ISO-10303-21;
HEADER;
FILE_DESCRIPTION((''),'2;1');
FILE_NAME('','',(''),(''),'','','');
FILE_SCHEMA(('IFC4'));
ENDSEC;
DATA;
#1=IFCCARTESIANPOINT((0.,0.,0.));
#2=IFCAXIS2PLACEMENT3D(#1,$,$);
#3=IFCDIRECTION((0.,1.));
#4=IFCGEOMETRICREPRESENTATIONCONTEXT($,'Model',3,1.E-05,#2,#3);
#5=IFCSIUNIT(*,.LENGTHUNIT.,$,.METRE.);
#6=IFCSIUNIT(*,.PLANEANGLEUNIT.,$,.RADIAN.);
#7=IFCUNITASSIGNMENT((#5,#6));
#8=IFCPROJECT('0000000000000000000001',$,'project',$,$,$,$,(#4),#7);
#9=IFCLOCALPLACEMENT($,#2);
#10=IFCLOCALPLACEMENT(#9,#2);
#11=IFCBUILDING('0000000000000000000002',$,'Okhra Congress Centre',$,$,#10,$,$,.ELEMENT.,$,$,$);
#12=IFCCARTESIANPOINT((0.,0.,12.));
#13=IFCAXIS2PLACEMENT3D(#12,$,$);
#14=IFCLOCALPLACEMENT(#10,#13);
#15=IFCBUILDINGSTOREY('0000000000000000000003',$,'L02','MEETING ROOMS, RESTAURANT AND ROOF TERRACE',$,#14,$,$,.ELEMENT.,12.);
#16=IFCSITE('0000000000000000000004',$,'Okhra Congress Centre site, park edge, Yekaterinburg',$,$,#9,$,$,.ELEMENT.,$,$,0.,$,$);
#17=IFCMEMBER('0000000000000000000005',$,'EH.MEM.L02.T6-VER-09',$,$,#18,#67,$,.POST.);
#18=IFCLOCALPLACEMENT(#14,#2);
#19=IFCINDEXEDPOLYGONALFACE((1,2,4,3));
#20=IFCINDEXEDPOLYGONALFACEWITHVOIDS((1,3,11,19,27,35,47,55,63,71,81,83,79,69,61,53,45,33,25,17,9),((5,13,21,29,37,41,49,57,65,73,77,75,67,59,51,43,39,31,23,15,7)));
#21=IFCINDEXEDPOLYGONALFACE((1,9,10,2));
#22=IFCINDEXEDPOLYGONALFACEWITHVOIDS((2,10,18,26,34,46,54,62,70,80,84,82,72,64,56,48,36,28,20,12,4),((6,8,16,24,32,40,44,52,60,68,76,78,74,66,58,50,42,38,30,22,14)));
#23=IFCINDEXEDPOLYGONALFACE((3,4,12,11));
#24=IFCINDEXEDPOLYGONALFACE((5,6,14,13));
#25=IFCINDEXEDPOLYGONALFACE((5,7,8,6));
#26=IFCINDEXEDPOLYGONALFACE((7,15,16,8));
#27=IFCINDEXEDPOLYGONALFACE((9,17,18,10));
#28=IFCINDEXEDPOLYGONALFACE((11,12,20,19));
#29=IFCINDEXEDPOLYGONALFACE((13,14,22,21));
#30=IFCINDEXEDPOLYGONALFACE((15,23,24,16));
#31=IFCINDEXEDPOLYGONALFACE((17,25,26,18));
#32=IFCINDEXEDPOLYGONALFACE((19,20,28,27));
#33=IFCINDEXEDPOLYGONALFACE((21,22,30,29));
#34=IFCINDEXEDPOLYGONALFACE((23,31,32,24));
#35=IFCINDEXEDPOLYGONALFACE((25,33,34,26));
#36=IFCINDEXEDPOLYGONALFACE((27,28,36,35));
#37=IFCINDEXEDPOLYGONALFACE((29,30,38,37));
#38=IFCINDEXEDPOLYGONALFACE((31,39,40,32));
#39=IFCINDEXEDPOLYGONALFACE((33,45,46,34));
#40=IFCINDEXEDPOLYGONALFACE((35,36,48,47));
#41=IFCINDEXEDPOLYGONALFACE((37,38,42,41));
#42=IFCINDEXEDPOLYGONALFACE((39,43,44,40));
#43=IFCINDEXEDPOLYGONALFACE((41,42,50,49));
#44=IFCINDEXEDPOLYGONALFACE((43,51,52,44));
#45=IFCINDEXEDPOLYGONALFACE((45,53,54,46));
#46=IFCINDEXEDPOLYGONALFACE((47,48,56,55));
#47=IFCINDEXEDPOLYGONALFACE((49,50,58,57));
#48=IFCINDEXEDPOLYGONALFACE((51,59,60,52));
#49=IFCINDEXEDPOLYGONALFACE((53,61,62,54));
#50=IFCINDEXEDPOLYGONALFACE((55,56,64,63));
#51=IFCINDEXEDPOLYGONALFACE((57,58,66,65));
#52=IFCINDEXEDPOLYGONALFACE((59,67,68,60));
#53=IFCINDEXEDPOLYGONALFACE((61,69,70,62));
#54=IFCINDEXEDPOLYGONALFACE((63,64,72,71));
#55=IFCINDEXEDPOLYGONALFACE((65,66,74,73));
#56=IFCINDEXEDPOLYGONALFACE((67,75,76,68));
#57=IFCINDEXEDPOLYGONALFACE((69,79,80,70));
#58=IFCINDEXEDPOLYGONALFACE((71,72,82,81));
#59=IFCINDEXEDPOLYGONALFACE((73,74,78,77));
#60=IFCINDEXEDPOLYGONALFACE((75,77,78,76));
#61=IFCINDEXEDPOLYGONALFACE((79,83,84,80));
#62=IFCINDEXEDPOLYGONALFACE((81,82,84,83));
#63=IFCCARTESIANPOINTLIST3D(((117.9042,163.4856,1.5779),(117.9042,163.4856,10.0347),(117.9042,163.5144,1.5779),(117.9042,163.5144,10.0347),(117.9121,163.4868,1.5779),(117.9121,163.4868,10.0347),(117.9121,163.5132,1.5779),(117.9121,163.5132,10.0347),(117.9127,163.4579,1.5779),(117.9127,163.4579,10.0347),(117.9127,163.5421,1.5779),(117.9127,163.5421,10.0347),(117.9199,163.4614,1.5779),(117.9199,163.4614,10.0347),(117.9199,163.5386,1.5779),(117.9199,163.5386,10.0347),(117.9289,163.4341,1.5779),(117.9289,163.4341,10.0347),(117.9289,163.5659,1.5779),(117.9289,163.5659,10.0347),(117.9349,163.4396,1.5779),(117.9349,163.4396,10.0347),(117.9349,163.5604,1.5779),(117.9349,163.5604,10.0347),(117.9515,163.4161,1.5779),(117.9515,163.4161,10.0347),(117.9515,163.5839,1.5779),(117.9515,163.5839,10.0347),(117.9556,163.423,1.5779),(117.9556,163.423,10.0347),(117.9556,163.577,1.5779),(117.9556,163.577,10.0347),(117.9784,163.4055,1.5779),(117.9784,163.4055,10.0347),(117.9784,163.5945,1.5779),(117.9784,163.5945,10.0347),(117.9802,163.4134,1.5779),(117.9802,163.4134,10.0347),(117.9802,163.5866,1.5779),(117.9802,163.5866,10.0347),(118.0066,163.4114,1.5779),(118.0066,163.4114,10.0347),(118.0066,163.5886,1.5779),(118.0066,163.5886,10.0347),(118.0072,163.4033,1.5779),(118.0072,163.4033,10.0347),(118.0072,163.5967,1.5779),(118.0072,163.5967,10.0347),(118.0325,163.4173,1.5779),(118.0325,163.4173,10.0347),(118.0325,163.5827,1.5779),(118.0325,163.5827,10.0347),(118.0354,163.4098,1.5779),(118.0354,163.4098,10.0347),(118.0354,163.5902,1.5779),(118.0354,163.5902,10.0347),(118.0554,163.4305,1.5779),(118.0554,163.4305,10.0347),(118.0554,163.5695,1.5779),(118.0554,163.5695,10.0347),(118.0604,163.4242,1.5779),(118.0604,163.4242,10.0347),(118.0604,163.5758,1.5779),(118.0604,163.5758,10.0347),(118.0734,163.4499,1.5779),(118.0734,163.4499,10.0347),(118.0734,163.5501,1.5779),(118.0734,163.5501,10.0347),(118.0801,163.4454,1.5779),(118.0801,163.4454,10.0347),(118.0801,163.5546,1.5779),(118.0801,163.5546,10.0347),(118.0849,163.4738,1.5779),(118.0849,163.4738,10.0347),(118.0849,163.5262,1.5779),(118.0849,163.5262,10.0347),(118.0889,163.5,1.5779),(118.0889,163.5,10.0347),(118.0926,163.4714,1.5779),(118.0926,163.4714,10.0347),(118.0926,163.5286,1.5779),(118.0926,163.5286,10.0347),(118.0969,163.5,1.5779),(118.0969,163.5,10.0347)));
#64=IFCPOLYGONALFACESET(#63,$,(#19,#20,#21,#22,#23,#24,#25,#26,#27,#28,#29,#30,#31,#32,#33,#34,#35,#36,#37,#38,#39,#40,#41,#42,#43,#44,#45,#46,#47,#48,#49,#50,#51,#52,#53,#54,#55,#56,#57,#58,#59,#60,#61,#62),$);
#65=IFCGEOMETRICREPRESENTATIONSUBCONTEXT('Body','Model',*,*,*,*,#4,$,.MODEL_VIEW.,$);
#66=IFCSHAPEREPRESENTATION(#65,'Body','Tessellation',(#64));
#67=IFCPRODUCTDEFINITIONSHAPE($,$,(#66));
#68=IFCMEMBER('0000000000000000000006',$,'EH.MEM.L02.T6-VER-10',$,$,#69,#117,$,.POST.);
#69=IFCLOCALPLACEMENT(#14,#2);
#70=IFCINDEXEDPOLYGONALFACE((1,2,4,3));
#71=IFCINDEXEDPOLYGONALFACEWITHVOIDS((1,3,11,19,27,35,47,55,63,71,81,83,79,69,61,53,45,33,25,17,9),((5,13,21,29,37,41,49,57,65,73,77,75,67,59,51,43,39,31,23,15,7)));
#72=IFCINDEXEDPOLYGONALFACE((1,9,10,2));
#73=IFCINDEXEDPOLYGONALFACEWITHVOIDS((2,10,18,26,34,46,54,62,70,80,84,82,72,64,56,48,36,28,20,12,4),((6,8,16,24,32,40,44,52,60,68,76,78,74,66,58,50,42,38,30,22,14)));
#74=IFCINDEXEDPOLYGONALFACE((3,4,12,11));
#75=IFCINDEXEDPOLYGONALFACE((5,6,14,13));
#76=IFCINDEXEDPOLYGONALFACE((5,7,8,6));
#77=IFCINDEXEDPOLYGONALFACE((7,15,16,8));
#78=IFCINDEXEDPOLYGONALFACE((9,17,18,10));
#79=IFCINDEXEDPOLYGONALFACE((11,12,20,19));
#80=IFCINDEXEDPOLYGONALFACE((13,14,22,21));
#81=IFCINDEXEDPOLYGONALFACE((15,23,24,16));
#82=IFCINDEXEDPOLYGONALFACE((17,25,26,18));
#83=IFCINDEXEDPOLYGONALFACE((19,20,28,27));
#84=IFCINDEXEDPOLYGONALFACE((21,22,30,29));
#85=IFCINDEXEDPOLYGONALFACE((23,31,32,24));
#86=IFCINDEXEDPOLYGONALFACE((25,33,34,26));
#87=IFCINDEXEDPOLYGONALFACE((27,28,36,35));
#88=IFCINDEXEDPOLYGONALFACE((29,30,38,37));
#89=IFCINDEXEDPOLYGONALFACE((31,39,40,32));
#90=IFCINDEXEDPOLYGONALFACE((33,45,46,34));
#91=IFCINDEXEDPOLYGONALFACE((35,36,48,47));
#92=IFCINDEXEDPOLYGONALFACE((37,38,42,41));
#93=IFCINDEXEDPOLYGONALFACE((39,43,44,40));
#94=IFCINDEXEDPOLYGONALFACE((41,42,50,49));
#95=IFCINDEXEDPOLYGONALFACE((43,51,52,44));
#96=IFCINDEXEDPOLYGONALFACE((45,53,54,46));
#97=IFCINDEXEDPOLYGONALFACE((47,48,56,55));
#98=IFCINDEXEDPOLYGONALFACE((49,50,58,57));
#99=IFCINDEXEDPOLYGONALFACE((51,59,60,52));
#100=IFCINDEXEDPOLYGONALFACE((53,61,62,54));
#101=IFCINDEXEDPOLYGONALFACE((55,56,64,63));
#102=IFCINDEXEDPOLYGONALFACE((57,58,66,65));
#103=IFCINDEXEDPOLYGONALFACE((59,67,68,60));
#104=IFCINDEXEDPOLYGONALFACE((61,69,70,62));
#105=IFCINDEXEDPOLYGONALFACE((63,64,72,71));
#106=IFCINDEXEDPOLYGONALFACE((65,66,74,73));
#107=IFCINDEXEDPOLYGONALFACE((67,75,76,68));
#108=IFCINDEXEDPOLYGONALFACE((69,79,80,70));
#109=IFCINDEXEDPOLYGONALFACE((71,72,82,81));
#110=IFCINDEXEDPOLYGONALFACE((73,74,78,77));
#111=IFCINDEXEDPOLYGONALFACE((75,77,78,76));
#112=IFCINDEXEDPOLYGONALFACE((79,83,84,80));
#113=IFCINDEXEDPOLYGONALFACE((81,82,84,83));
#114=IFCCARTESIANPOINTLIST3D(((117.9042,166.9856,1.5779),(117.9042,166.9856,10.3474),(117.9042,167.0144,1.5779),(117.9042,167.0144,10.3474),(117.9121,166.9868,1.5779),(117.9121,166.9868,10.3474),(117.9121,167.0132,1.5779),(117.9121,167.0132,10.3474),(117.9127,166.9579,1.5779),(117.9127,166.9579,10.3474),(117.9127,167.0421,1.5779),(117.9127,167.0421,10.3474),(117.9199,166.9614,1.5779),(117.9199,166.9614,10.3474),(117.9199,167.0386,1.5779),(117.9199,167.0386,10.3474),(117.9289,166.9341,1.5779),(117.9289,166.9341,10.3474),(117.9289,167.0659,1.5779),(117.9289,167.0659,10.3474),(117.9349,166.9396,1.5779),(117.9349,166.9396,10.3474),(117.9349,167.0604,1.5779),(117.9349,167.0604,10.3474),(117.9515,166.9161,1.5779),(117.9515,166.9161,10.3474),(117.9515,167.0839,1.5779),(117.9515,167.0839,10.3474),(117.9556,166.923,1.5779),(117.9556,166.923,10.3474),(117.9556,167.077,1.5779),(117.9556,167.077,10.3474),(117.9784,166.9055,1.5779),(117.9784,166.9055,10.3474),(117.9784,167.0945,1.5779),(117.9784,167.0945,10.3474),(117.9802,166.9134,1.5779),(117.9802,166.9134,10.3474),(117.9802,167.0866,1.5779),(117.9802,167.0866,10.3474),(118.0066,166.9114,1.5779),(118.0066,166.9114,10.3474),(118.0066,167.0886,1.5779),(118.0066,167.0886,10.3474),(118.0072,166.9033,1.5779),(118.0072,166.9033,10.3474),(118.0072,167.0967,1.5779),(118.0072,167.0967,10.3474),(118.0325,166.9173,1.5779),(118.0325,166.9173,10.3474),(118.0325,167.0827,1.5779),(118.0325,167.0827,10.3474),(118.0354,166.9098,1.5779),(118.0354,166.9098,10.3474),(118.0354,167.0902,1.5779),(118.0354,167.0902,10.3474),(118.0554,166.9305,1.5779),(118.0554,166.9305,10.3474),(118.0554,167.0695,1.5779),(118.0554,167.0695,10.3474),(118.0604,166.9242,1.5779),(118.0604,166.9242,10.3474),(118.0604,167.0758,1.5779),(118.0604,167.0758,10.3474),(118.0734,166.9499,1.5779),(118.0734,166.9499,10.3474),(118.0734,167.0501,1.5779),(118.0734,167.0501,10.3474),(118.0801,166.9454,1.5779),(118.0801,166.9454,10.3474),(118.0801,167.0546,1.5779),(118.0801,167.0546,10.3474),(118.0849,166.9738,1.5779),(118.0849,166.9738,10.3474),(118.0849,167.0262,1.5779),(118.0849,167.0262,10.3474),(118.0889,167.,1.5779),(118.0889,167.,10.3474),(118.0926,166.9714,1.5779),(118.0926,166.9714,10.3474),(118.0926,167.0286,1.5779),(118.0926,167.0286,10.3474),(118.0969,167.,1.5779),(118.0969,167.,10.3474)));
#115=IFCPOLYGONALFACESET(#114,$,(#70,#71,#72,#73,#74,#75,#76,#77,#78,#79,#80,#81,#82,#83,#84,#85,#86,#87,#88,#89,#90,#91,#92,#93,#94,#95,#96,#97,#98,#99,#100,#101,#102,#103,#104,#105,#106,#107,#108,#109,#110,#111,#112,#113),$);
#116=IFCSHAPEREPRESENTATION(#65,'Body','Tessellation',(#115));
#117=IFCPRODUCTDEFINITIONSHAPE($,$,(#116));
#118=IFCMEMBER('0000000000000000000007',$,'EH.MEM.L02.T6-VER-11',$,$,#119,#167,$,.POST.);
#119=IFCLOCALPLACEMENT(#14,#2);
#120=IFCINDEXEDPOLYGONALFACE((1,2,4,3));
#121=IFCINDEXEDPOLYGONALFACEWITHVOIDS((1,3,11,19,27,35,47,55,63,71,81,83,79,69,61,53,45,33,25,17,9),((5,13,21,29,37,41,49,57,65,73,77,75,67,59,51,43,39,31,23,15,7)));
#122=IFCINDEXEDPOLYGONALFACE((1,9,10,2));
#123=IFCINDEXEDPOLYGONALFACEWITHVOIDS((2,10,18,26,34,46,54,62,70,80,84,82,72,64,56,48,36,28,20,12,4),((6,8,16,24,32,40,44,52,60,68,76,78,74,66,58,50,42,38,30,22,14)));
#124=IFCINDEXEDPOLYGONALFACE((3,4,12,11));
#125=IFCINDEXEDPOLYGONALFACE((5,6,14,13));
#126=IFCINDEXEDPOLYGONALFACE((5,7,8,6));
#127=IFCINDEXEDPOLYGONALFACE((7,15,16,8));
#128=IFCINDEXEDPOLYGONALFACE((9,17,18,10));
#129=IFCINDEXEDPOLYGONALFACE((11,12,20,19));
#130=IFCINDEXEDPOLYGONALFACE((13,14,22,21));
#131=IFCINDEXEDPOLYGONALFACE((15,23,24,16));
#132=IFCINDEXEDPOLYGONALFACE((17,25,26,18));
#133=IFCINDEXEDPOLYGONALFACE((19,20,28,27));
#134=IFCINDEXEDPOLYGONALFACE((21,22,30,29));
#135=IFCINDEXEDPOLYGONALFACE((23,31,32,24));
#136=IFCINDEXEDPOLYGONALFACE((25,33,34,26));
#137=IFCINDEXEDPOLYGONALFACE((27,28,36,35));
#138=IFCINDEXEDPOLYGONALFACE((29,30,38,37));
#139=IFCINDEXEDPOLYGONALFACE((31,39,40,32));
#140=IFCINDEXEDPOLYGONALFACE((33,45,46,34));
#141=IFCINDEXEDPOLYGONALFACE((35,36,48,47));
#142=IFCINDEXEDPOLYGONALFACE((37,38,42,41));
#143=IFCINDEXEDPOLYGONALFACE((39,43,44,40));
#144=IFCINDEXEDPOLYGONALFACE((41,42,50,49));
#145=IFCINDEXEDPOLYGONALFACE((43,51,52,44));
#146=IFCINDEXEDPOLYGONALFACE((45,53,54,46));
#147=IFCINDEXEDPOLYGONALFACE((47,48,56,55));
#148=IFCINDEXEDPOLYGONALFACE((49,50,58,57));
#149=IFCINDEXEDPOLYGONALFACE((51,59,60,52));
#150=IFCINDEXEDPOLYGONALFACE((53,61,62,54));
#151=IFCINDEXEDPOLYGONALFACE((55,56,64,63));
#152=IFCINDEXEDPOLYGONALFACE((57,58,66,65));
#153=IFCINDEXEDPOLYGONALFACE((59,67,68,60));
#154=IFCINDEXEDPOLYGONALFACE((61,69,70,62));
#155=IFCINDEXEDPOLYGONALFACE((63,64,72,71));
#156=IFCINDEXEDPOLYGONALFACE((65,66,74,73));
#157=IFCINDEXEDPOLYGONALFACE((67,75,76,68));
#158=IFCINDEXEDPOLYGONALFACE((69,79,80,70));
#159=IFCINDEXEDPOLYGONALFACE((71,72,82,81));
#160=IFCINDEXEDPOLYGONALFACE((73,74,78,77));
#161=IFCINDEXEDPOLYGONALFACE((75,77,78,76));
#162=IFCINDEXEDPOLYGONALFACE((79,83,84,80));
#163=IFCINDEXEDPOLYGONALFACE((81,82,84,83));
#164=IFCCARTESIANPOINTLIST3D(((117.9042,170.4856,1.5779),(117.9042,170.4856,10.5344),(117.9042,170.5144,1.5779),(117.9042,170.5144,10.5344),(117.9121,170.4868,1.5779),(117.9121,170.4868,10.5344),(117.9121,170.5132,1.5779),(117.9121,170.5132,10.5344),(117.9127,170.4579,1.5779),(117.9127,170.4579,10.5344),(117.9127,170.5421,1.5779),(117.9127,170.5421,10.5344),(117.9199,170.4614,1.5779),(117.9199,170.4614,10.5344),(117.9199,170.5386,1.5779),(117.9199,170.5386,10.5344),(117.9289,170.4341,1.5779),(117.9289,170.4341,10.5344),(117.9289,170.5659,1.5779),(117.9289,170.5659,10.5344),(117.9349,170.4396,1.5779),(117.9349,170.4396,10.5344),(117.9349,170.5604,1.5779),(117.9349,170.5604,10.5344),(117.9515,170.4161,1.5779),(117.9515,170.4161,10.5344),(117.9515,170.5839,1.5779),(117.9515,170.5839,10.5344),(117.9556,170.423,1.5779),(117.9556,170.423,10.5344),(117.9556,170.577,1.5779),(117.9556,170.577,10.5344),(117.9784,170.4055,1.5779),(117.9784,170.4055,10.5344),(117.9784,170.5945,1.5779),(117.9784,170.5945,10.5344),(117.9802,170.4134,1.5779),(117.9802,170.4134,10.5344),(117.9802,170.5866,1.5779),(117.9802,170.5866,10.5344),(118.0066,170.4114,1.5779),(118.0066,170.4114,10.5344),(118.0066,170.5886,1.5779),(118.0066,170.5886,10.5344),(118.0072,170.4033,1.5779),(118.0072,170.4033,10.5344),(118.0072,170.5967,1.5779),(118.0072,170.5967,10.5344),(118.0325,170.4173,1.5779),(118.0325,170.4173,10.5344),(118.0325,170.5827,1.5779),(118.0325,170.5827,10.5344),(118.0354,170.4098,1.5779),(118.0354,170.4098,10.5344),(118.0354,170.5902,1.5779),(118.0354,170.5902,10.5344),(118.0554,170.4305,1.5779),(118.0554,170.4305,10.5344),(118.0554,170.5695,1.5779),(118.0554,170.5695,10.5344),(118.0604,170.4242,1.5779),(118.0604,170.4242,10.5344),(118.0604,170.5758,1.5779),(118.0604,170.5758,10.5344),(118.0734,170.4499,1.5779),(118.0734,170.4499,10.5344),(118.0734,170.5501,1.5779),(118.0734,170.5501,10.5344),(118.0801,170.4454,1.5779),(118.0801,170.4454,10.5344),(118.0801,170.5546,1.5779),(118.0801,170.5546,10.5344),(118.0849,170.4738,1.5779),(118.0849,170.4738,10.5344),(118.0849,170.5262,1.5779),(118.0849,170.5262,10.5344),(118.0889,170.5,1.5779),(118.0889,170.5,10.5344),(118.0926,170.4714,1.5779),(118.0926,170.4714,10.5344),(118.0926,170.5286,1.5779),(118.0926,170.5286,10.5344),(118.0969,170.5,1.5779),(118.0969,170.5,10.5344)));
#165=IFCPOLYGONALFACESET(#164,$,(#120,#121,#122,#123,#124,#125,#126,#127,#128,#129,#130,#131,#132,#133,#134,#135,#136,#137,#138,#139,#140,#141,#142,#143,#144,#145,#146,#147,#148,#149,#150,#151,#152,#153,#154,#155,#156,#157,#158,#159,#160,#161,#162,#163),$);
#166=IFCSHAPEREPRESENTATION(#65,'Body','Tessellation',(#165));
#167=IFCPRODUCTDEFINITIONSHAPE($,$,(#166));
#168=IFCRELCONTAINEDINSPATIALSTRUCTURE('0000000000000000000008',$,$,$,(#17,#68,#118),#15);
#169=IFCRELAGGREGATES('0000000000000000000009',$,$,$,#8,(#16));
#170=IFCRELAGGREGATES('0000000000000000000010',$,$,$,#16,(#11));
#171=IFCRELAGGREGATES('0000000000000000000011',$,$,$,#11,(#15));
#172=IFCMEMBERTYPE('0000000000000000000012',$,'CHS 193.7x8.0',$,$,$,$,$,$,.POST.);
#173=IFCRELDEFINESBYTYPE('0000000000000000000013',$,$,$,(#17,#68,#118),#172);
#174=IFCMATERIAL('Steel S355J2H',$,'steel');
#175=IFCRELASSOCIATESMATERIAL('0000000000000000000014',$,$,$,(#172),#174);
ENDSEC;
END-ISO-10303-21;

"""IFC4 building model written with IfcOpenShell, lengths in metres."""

from ifc_helpers import new_model, si_unit, direction, frame, origin, origin_2d, place, context, subcontext, project, spatial, hollow_circle, extrude, material, material_profile, profile_set, type_object, element, save


model = new_model("IFC4")

# Units and contexts
model_context = context("Model", 3, precision=1e-05, world=origin(), true_north=direction((0.0, 1.0)))
body_context = subcontext(model_context, "Body", "Model", "MODEL_VIEW")
ifc_project = project(units=[si_unit("LENGTHUNIT", "METRE"), si_unit("PLANEANGLEUNIT", "RADIAN")], contexts=[model_context])

# Site, building, storey
site_placement = place(None, origin())
site = spatial("IfcSite", under=ifc_project, at=site_placement, Name="Okhra Congress Centre site, park edge, Yekaterinburg", CompositionType="ELEMENT", RefElevation=0.0)
building_placement = place(site_placement, origin())
building = spatial("IfcBuilding", under=site, at=building_placement, Name="Okhra Congress Centre", CompositionType="ELEMENT")
storey_placement = place(building_placement, frame((0.0, 0.0, 12.0)))
storey = spatial("IfcBuildingStorey", under=building, at=storey_placement, Name="L02", Description="MEETING ROOMS, RESTAURANT AND ROOF TERRACE", CompositionType="ELEMENT", Elevation=12.0)

# Members
ifc_material_1 = material(Name="Steel S355J2H", Category="steel")
ifc_material_profile_1 = material_profile(ifc_material_1, hollow_circle(Radius=0.0969, WallThickness=0.0081, at=origin_2d()), Name="CHS 193.7x8.0")
ifc_profile_set_1 = profile_set([ifc_material_profile_1], Name="Steel S355J2H")
member_type_1 = type_object("IfcMemberType", Name="CHS 193.7x8.0", PredefinedType="POST", material=ifc_profile_set_1)
member_1_placement = place(storey_placement, frame((118.0, 163.5, 1.5779), z_axis=(0.0, 0.0, 1.0), x_axis=(1.0, 0.0, 0.0)))
element("IfcMember", 1, at=member_1_placement, inside=storey, type_object=member_type_1, Name="EH.MEM.L02.T6-VER-09", PredefinedType="POST", context=body_context, shape_type="SweptSolid", body=[
    extrude(hollow_circle(Radius=0.0969, WallThickness=0.0081, at=origin_2d()), origin(), (0.0, 0.0, 1.0), 8.4568),
])
member_2_placement = place(storey_placement, frame((118.0, 167.0, 1.5779), z_axis=(0.0, 0.0, 1.0), x_axis=(1.0, 0.0, 0.0)))
element("IfcMember", 2, at=member_2_placement, inside=storey, type_object=member_type_1, Name="EH.MEM.L02.T6-VER-10", PredefinedType="POST", context=body_context, shape_type="SweptSolid", body=[
    extrude(hollow_circle(Radius=0.0969, WallThickness=0.0081, at=origin_2d()), origin(), (0.0, 0.0, 1.0), 8.7695),
])
member_3_placement = place(storey_placement, frame((118.0, 170.5, 1.5779), z_axis=(0.0, 0.0, 1.0), x_axis=(1.0, 0.0, 0.0)))
element("IfcMember", 3, at=member_3_placement, inside=storey, type_object=member_type_1, Name="EH.MEM.L02.T6-VER-11", PredefinedType="POST", context=body_context, shape_type="SweptSolid", body=[
    extrude(hollow_circle(Radius=0.0969, WallThickness=0.0081, at=origin_2d()), origin(), (0.0, 0.0, 1.0), 8.9565),
])

save(model, "model.ifc")
